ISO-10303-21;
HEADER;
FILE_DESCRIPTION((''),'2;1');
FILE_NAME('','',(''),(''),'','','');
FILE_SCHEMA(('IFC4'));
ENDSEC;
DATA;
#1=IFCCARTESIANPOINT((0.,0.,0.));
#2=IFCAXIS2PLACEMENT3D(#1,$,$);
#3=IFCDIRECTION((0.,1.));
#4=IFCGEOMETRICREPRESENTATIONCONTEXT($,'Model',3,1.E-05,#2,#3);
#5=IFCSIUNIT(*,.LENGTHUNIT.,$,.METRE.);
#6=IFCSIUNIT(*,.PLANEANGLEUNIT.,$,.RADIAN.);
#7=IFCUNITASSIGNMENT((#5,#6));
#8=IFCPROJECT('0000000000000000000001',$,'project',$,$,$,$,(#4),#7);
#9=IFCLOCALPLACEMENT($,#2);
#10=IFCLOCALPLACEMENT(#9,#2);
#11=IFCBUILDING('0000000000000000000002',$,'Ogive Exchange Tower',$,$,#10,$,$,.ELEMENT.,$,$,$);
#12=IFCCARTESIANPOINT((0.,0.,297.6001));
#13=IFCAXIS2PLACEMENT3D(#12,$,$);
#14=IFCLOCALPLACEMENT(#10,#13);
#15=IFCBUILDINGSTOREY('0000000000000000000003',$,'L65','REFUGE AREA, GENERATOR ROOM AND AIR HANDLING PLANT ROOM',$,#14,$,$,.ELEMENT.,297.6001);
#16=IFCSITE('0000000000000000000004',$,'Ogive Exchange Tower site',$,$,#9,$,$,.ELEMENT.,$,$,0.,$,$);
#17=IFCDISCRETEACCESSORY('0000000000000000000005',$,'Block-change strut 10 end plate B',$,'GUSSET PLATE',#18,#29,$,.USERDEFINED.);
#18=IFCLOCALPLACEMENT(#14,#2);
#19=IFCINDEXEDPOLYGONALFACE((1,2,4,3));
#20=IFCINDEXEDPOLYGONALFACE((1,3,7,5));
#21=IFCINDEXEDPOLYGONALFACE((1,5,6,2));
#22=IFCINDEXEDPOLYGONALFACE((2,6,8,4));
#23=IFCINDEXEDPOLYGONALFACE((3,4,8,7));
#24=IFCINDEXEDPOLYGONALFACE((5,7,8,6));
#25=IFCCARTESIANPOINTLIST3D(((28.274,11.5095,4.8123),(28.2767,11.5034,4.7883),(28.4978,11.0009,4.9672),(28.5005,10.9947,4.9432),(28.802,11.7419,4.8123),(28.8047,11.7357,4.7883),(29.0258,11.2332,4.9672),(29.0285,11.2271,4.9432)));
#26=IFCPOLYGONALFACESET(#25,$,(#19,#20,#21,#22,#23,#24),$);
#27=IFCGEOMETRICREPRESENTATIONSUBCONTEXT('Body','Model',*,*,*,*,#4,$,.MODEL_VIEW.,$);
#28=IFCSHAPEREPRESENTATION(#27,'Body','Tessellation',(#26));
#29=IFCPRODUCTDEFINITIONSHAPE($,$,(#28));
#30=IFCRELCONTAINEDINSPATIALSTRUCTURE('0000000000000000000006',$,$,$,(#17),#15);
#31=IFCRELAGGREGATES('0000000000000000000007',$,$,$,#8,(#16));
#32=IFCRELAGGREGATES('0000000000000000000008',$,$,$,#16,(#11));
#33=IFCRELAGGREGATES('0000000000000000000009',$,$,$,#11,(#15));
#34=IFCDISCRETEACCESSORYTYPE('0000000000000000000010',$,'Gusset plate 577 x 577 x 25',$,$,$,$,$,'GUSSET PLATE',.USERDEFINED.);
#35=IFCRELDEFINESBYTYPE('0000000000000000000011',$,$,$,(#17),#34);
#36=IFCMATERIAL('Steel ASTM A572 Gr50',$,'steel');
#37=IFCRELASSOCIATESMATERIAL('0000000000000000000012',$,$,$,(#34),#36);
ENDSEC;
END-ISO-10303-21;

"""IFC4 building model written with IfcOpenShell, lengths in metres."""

from ifc_helpers import new_model, si_unit, direction, frame, origin, origin_2d, place, context, subcontext, project, spatial, rectangle, extrude, material, material_profile, profile_set, type_object, element, save


model = new_model("IFC4")

# Units and contexts
model_context = context("Model", 3, precision=1e-05, world=origin(), true_north=direction((0.0, 1.0)))
body_context = subcontext(model_context, "Body", "Model", "MODEL_VIEW")
ifc_project = project(units=[si_unit("LENGTHUNIT", "METRE"), si_unit("PLANEANGLEUNIT", "RADIAN")], contexts=[model_context])

# Site, building, storey
site_placement = place(None, origin())
site = spatial("IfcSite", under=ifc_project, at=site_placement, Name="Ogive Exchange Tower site", CompositionType="ELEMENT", RefElevation=0.0)
building_placement = place(site_placement, origin())
building = spatial("IfcBuilding", under=site, at=building_placement, Name="Ogive Exchange Tower", CompositionType="ELEMENT")
storey_placement = place(building_placement, frame((0.0, 0.0, 297.6001)))
storey = spatial("IfcBuildingStorey", under=building, at=storey_placement, Name="L65", Description="REFUGE AREA, GENERATOR ROOM AND AIR HANDLING PLANT ROOM", CompositionType="ELEMENT", Elevation=297.6001)

# Discrete accessory
ifc_material_1 = material(Name="Steel ASTM A572 Gr50", Category="steel")
ifc_material_profile_1 = material_profile(ifc_material_1, rectangle(XDim=0.5769, YDim=0.5769, at=origin_2d()), Name="PL 577 x 577 x 25")
ifc_profile_set_1 = profile_set([ifc_material_profile_1], Name="Steel ASTM A572 Gr50")
discrete_accessory_type_1 = type_object("IfcDiscreteAccessoryType", Name="Gusset plate 577 x 577 x 25", ElementType="GUSSET PLATE", PredefinedType="USERDEFINED", material=ifc_profile_set_1)
discrete_accessory_1_placement = place(storey_placement, frame((28.6526, 11.3652, 4.8657), z_axis=(-0.108124, 0.245737, 0.963287), x_axis=(-0.915315, -0.402739, 0.0)))
element("IfcDiscreteAccessory", 1, at=discrete_accessory_1_placement, inside=storey, type_object=discrete_accessory_type_1, Name="Block-change strut 10 end plate B", ObjectType="GUSSET PLATE", PredefinedType="USERDEFINED", context=body_context, shape_type="SweptSolid", body=[
    extrude(rectangle(XDim=0.5769, YDim=0.5769, at=origin_2d()), origin(), (0.0, 0.0, 1.0), 0.0249),
])

save(model, "model.ifc")
